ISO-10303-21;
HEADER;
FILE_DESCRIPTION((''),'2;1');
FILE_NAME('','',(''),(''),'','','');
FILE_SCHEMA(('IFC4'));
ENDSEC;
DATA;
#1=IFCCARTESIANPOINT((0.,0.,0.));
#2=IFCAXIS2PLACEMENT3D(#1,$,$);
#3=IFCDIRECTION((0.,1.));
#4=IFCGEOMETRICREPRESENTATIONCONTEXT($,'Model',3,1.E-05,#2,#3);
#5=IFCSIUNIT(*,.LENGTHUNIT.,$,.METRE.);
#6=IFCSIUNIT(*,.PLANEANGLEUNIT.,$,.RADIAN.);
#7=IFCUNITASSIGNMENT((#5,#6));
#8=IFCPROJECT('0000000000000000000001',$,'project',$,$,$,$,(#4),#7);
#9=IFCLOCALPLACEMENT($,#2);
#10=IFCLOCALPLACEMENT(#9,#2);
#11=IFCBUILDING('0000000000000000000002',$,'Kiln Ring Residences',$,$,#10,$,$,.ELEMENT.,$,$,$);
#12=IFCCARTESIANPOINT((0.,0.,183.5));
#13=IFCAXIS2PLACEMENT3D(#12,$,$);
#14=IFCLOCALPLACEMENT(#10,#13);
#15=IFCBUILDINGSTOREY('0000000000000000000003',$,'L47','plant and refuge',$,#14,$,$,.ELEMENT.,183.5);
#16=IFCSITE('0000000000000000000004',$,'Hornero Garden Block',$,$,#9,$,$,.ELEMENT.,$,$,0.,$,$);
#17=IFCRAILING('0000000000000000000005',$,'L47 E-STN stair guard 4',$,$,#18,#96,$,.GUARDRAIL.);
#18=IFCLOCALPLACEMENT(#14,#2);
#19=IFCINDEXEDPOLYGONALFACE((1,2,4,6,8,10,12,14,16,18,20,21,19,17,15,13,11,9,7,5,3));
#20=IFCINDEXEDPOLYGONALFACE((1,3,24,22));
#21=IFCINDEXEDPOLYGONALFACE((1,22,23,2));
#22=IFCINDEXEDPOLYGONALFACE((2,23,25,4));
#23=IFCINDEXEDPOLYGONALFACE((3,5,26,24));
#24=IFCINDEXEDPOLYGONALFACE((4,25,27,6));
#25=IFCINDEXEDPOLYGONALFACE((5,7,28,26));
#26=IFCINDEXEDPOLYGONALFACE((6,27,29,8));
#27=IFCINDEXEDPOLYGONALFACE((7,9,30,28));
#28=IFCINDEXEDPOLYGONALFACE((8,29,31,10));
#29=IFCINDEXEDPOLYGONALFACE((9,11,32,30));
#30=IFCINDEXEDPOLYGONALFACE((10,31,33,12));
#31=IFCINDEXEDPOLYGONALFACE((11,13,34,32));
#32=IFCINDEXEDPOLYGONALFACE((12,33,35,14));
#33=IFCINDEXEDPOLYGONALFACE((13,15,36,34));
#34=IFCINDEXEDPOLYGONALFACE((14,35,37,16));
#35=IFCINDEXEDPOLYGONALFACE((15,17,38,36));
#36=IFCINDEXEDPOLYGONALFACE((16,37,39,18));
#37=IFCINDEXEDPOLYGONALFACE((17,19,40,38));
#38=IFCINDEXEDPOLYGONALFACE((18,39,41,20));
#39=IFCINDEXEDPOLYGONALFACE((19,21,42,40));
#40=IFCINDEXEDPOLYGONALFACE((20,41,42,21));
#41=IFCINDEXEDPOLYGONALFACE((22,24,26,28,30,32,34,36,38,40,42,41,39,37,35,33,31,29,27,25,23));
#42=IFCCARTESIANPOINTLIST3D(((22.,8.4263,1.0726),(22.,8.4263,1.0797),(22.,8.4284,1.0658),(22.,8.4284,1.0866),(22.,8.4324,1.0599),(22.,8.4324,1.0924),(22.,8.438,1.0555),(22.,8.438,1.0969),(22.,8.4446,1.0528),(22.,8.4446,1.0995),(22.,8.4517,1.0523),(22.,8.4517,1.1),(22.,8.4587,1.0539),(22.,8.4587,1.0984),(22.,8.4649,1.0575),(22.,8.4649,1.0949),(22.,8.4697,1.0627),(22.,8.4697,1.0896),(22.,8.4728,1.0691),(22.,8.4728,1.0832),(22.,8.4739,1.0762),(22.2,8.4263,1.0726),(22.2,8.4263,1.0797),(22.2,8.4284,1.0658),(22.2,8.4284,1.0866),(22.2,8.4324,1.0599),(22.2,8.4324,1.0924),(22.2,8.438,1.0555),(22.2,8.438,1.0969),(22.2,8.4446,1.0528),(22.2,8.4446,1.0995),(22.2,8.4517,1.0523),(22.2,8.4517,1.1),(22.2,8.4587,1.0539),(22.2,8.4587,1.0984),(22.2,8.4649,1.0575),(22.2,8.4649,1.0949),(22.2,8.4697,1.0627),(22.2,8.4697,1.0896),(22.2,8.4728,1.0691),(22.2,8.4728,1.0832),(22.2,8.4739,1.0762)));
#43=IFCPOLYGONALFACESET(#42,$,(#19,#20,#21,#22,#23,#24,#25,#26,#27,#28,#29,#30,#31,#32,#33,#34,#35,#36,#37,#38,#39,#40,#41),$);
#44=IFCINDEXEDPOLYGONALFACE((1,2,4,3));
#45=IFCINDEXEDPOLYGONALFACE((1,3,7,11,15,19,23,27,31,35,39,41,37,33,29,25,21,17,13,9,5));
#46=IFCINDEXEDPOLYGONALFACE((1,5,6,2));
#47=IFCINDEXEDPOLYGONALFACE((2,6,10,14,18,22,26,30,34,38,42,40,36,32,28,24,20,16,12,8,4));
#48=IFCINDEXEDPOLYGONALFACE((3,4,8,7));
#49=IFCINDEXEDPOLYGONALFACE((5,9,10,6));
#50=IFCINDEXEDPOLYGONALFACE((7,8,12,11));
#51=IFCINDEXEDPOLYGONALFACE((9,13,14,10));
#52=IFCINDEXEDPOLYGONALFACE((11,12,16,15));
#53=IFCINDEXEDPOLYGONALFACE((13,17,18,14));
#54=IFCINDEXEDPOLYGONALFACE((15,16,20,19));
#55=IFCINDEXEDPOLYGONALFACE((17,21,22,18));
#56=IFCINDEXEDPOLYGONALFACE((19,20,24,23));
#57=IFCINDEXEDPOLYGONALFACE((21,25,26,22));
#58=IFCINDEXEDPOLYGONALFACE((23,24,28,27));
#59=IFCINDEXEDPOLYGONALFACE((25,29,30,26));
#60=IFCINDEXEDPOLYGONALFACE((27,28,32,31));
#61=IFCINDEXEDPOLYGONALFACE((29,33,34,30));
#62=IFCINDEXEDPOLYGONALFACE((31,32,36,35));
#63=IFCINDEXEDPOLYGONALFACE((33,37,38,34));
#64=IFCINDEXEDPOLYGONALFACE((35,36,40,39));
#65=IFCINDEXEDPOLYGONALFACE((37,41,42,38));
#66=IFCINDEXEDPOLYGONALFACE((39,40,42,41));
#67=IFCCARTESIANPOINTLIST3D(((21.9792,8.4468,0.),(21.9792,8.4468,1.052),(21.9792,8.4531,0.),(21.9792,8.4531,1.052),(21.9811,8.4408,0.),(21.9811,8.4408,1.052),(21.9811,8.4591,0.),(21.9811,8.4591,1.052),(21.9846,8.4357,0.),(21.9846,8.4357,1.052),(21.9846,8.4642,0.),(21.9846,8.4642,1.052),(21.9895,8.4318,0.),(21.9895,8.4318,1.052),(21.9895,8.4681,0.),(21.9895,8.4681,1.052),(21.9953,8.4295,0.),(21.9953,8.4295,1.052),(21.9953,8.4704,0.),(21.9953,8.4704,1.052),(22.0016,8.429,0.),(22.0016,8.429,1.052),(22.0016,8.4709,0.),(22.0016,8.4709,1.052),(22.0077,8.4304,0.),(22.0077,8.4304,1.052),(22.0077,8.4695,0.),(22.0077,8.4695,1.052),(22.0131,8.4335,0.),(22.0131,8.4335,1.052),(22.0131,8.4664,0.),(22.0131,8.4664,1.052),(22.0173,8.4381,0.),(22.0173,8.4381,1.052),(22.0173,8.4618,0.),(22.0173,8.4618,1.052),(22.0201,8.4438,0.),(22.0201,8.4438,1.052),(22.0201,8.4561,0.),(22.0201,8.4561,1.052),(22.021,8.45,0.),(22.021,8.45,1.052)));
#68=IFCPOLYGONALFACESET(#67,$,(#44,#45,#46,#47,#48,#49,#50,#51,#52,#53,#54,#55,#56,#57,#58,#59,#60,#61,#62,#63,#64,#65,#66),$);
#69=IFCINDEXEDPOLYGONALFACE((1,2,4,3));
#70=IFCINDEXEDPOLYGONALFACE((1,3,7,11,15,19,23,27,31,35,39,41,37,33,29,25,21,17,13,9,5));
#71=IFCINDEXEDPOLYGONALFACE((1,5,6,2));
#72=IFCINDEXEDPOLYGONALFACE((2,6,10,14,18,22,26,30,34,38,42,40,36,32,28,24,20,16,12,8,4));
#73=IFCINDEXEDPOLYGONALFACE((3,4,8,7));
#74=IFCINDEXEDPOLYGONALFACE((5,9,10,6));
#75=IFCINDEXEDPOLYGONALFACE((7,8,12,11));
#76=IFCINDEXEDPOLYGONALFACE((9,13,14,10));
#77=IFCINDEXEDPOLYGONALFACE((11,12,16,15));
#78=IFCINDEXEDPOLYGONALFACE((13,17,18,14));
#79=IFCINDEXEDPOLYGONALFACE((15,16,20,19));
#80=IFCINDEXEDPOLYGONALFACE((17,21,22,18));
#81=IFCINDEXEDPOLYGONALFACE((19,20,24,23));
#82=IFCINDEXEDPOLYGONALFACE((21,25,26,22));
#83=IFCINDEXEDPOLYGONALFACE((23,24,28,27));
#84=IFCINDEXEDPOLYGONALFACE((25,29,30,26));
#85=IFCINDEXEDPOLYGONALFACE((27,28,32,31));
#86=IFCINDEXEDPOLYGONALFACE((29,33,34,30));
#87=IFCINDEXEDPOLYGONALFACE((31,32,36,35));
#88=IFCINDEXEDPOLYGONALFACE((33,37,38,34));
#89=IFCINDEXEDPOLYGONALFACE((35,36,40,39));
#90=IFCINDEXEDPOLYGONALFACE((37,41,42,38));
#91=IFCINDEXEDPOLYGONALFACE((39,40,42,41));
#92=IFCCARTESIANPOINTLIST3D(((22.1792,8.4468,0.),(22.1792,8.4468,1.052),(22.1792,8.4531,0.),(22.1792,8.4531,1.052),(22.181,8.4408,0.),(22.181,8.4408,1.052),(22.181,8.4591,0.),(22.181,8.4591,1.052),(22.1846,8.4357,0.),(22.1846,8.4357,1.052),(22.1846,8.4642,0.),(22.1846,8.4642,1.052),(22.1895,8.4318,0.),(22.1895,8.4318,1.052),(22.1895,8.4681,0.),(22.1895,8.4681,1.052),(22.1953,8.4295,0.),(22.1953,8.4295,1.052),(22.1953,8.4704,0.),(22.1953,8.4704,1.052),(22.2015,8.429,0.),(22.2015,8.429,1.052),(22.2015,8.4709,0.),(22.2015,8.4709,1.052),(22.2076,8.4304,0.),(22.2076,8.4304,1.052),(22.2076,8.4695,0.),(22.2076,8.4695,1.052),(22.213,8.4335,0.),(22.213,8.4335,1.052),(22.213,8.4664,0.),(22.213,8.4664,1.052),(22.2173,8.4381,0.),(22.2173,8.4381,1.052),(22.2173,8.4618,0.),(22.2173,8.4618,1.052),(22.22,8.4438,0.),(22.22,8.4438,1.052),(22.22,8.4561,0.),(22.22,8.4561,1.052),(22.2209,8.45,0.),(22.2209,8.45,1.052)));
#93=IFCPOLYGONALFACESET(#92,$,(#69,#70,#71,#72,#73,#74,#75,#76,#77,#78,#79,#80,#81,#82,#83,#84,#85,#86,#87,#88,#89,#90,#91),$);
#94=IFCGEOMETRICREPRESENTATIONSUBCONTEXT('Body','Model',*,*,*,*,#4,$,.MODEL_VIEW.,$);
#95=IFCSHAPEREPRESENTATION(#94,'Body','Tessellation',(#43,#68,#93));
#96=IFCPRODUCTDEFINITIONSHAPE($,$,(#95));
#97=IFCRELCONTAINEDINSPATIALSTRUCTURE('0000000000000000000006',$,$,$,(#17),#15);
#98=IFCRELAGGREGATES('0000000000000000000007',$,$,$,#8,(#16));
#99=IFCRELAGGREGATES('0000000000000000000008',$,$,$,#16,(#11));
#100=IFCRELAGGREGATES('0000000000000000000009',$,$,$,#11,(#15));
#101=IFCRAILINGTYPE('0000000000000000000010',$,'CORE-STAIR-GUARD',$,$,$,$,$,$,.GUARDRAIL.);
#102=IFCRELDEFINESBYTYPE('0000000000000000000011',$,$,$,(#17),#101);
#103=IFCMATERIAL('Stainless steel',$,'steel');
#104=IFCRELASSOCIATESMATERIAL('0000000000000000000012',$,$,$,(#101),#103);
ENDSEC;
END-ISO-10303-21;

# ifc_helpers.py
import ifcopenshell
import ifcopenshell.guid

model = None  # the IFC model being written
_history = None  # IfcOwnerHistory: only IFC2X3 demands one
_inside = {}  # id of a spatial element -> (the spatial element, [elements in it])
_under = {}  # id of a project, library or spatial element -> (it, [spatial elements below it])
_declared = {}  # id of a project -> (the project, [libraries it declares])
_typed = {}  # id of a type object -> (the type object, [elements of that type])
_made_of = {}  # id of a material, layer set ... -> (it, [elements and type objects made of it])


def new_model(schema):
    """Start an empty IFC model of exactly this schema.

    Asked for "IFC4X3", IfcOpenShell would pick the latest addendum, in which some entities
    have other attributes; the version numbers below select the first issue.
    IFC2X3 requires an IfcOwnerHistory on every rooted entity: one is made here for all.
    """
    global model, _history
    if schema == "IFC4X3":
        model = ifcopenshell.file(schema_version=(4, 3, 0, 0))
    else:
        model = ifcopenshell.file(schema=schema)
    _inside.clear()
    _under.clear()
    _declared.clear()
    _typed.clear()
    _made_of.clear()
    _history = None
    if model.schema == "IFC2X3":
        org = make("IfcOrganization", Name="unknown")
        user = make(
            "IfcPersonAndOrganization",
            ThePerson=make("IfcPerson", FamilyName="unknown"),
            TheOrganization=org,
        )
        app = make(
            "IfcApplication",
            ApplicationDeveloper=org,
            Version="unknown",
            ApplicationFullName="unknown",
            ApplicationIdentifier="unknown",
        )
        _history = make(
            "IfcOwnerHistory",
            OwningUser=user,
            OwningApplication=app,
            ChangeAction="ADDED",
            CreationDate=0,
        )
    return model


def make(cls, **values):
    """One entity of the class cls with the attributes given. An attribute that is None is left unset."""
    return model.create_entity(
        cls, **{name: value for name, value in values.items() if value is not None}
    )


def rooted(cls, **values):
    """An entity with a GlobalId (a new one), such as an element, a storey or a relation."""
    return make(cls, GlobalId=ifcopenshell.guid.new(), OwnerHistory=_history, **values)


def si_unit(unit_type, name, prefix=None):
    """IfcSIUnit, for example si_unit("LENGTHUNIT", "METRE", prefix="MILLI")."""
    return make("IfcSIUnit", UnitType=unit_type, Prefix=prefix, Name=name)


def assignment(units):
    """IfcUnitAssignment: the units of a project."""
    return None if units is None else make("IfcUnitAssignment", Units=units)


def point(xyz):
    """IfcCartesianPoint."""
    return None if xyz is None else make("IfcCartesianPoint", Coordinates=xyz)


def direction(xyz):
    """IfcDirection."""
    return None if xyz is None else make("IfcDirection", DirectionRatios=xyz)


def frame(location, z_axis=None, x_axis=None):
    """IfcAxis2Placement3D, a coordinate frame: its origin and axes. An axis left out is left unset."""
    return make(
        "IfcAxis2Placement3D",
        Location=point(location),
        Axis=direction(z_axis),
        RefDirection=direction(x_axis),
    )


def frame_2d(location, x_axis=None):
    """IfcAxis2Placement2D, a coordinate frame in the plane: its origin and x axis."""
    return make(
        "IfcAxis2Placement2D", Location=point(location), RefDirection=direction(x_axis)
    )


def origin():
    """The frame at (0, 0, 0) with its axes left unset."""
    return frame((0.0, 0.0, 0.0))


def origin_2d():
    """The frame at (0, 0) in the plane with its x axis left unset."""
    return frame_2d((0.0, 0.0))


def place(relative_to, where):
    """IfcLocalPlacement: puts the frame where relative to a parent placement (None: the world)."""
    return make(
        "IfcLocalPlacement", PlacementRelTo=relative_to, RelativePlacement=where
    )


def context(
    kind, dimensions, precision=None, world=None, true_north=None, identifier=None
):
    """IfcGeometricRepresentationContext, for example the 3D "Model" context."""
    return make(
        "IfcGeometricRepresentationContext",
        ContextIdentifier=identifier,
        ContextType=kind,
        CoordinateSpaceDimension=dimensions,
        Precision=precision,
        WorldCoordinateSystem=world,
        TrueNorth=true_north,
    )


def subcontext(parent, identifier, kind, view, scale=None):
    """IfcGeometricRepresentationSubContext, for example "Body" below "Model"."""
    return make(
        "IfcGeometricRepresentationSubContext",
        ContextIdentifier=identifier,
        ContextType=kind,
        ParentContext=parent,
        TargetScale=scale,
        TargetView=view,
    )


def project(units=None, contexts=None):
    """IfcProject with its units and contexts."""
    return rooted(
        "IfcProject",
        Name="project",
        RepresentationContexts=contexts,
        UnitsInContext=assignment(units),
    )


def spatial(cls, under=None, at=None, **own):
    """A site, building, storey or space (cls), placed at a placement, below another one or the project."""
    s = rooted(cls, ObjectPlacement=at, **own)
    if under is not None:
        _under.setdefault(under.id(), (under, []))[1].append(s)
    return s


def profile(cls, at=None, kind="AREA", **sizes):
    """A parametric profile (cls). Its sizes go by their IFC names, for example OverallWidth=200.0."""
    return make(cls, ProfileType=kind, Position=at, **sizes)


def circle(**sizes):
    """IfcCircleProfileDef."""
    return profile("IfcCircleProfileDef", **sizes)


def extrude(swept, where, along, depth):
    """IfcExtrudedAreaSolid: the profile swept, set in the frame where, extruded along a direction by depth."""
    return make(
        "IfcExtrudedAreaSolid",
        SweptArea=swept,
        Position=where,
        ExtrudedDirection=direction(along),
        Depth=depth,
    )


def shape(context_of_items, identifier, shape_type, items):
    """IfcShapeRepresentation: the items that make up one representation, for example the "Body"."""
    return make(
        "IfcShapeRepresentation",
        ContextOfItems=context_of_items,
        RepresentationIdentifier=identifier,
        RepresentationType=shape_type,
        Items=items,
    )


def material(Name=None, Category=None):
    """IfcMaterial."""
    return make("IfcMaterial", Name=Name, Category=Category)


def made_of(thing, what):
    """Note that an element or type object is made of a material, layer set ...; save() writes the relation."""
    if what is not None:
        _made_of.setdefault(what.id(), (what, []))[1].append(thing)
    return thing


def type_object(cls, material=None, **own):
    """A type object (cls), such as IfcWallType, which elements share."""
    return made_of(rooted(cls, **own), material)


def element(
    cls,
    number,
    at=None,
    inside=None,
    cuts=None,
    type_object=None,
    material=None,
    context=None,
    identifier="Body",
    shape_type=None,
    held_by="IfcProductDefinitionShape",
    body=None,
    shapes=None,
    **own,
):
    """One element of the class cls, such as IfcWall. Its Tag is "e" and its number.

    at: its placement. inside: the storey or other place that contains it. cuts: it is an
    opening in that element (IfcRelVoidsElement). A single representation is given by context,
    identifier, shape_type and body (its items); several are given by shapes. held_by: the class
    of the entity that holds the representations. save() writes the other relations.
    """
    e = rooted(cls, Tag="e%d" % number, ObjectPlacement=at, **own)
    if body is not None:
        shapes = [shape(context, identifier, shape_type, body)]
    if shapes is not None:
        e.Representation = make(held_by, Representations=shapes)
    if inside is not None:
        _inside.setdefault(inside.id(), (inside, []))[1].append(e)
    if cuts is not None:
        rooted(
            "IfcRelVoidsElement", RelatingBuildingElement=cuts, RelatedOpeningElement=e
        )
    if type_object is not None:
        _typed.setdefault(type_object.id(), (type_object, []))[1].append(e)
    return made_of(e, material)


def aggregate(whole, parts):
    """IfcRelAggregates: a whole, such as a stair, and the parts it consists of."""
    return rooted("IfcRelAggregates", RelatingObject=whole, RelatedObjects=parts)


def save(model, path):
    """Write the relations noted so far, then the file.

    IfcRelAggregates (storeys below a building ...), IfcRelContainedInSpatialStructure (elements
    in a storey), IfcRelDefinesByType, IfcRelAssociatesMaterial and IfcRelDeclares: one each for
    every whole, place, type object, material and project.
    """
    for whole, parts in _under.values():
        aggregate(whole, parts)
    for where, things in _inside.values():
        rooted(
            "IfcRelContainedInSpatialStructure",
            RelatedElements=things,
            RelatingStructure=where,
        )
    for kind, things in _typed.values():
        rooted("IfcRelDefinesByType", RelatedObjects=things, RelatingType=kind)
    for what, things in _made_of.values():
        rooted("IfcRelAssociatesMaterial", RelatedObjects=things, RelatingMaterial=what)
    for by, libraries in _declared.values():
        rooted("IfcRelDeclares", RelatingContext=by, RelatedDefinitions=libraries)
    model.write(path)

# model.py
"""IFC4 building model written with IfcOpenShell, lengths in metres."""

from ifc_helpers import new_model, si_unit, direction, frame, origin, origin_2d, place, context, subcontext, project, spatial, circle, extrude, material, type_object, element, save


model = new_model("IFC4")

# Units and contexts
model_context = context("Model", 3, precision=1e-05, world=origin(), true_north=direction((0.0, 1.0)))
body_context = subcontext(model_context, "Body", "Model", "MODEL_VIEW")
ifc_project = project(units=[si_unit("LENGTHUNIT", "METRE"), si_unit("PLANEANGLEUNIT", "RADIAN")], contexts=[model_context])

# Site, building, storey
site_placement = place(None, origin())
site = spatial("IfcSite", under=ifc_project, at=site_placement, Name="Hornero Garden Block", CompositionType="ELEMENT", RefElevation=0.0)
building_placement = place(site_placement, origin())
building = spatial("IfcBuilding", under=site, at=building_placement, Name="Kiln Ring Residences", CompositionType="ELEMENT")
storey_placement = place(building_placement, frame((0.0, 0.0, 183.5)))
storey = spatial("IfcBuildingStorey", under=building, at=storey_placement, Name="L47", Description="plant and refuge", CompositionType="ELEMENT", Elevation=183.5)

# Railing
ifc_material_1 = material(Name="Stainless steel", Category="steel")
railing_type_1 = type_object("IfcRailingType", Name="CORE-STAIR-GUARD", PredefinedType="GUARDRAIL", material=ifc_material_1)
railing_1_placement = place(storey_placement, frame((22.0, 8.45, 0.0)))
element("IfcRailing", 1, at=railing_1_placement, inside=storey, type_object=railing_type_1, Name="L47 E-STN stair guard 4", PredefinedType="GUARDRAIL", context=body_context, shape_type="SweptSolid", body=[
    extrude(circle(Radius=0.0239, at=origin_2d()), frame((0.0, 0.0, 1.0762), z_axis=(1.0, 0.0, 0.0), x_axis=(0.0, 1.0, 0.0)), (0.0, 0.0, 1.0), 0.2),
    extrude(circle(Radius=0.021, at=origin_2d()), origin(), (0.0, 0.0, 1.0), 1.052),
    extrude(circle(Radius=0.021, at=origin_2d()), frame((0.2, 0.0, 0.0)), (0.0, 0.0, 1.0), 1.052),
])

save(model, "model.ifc")
